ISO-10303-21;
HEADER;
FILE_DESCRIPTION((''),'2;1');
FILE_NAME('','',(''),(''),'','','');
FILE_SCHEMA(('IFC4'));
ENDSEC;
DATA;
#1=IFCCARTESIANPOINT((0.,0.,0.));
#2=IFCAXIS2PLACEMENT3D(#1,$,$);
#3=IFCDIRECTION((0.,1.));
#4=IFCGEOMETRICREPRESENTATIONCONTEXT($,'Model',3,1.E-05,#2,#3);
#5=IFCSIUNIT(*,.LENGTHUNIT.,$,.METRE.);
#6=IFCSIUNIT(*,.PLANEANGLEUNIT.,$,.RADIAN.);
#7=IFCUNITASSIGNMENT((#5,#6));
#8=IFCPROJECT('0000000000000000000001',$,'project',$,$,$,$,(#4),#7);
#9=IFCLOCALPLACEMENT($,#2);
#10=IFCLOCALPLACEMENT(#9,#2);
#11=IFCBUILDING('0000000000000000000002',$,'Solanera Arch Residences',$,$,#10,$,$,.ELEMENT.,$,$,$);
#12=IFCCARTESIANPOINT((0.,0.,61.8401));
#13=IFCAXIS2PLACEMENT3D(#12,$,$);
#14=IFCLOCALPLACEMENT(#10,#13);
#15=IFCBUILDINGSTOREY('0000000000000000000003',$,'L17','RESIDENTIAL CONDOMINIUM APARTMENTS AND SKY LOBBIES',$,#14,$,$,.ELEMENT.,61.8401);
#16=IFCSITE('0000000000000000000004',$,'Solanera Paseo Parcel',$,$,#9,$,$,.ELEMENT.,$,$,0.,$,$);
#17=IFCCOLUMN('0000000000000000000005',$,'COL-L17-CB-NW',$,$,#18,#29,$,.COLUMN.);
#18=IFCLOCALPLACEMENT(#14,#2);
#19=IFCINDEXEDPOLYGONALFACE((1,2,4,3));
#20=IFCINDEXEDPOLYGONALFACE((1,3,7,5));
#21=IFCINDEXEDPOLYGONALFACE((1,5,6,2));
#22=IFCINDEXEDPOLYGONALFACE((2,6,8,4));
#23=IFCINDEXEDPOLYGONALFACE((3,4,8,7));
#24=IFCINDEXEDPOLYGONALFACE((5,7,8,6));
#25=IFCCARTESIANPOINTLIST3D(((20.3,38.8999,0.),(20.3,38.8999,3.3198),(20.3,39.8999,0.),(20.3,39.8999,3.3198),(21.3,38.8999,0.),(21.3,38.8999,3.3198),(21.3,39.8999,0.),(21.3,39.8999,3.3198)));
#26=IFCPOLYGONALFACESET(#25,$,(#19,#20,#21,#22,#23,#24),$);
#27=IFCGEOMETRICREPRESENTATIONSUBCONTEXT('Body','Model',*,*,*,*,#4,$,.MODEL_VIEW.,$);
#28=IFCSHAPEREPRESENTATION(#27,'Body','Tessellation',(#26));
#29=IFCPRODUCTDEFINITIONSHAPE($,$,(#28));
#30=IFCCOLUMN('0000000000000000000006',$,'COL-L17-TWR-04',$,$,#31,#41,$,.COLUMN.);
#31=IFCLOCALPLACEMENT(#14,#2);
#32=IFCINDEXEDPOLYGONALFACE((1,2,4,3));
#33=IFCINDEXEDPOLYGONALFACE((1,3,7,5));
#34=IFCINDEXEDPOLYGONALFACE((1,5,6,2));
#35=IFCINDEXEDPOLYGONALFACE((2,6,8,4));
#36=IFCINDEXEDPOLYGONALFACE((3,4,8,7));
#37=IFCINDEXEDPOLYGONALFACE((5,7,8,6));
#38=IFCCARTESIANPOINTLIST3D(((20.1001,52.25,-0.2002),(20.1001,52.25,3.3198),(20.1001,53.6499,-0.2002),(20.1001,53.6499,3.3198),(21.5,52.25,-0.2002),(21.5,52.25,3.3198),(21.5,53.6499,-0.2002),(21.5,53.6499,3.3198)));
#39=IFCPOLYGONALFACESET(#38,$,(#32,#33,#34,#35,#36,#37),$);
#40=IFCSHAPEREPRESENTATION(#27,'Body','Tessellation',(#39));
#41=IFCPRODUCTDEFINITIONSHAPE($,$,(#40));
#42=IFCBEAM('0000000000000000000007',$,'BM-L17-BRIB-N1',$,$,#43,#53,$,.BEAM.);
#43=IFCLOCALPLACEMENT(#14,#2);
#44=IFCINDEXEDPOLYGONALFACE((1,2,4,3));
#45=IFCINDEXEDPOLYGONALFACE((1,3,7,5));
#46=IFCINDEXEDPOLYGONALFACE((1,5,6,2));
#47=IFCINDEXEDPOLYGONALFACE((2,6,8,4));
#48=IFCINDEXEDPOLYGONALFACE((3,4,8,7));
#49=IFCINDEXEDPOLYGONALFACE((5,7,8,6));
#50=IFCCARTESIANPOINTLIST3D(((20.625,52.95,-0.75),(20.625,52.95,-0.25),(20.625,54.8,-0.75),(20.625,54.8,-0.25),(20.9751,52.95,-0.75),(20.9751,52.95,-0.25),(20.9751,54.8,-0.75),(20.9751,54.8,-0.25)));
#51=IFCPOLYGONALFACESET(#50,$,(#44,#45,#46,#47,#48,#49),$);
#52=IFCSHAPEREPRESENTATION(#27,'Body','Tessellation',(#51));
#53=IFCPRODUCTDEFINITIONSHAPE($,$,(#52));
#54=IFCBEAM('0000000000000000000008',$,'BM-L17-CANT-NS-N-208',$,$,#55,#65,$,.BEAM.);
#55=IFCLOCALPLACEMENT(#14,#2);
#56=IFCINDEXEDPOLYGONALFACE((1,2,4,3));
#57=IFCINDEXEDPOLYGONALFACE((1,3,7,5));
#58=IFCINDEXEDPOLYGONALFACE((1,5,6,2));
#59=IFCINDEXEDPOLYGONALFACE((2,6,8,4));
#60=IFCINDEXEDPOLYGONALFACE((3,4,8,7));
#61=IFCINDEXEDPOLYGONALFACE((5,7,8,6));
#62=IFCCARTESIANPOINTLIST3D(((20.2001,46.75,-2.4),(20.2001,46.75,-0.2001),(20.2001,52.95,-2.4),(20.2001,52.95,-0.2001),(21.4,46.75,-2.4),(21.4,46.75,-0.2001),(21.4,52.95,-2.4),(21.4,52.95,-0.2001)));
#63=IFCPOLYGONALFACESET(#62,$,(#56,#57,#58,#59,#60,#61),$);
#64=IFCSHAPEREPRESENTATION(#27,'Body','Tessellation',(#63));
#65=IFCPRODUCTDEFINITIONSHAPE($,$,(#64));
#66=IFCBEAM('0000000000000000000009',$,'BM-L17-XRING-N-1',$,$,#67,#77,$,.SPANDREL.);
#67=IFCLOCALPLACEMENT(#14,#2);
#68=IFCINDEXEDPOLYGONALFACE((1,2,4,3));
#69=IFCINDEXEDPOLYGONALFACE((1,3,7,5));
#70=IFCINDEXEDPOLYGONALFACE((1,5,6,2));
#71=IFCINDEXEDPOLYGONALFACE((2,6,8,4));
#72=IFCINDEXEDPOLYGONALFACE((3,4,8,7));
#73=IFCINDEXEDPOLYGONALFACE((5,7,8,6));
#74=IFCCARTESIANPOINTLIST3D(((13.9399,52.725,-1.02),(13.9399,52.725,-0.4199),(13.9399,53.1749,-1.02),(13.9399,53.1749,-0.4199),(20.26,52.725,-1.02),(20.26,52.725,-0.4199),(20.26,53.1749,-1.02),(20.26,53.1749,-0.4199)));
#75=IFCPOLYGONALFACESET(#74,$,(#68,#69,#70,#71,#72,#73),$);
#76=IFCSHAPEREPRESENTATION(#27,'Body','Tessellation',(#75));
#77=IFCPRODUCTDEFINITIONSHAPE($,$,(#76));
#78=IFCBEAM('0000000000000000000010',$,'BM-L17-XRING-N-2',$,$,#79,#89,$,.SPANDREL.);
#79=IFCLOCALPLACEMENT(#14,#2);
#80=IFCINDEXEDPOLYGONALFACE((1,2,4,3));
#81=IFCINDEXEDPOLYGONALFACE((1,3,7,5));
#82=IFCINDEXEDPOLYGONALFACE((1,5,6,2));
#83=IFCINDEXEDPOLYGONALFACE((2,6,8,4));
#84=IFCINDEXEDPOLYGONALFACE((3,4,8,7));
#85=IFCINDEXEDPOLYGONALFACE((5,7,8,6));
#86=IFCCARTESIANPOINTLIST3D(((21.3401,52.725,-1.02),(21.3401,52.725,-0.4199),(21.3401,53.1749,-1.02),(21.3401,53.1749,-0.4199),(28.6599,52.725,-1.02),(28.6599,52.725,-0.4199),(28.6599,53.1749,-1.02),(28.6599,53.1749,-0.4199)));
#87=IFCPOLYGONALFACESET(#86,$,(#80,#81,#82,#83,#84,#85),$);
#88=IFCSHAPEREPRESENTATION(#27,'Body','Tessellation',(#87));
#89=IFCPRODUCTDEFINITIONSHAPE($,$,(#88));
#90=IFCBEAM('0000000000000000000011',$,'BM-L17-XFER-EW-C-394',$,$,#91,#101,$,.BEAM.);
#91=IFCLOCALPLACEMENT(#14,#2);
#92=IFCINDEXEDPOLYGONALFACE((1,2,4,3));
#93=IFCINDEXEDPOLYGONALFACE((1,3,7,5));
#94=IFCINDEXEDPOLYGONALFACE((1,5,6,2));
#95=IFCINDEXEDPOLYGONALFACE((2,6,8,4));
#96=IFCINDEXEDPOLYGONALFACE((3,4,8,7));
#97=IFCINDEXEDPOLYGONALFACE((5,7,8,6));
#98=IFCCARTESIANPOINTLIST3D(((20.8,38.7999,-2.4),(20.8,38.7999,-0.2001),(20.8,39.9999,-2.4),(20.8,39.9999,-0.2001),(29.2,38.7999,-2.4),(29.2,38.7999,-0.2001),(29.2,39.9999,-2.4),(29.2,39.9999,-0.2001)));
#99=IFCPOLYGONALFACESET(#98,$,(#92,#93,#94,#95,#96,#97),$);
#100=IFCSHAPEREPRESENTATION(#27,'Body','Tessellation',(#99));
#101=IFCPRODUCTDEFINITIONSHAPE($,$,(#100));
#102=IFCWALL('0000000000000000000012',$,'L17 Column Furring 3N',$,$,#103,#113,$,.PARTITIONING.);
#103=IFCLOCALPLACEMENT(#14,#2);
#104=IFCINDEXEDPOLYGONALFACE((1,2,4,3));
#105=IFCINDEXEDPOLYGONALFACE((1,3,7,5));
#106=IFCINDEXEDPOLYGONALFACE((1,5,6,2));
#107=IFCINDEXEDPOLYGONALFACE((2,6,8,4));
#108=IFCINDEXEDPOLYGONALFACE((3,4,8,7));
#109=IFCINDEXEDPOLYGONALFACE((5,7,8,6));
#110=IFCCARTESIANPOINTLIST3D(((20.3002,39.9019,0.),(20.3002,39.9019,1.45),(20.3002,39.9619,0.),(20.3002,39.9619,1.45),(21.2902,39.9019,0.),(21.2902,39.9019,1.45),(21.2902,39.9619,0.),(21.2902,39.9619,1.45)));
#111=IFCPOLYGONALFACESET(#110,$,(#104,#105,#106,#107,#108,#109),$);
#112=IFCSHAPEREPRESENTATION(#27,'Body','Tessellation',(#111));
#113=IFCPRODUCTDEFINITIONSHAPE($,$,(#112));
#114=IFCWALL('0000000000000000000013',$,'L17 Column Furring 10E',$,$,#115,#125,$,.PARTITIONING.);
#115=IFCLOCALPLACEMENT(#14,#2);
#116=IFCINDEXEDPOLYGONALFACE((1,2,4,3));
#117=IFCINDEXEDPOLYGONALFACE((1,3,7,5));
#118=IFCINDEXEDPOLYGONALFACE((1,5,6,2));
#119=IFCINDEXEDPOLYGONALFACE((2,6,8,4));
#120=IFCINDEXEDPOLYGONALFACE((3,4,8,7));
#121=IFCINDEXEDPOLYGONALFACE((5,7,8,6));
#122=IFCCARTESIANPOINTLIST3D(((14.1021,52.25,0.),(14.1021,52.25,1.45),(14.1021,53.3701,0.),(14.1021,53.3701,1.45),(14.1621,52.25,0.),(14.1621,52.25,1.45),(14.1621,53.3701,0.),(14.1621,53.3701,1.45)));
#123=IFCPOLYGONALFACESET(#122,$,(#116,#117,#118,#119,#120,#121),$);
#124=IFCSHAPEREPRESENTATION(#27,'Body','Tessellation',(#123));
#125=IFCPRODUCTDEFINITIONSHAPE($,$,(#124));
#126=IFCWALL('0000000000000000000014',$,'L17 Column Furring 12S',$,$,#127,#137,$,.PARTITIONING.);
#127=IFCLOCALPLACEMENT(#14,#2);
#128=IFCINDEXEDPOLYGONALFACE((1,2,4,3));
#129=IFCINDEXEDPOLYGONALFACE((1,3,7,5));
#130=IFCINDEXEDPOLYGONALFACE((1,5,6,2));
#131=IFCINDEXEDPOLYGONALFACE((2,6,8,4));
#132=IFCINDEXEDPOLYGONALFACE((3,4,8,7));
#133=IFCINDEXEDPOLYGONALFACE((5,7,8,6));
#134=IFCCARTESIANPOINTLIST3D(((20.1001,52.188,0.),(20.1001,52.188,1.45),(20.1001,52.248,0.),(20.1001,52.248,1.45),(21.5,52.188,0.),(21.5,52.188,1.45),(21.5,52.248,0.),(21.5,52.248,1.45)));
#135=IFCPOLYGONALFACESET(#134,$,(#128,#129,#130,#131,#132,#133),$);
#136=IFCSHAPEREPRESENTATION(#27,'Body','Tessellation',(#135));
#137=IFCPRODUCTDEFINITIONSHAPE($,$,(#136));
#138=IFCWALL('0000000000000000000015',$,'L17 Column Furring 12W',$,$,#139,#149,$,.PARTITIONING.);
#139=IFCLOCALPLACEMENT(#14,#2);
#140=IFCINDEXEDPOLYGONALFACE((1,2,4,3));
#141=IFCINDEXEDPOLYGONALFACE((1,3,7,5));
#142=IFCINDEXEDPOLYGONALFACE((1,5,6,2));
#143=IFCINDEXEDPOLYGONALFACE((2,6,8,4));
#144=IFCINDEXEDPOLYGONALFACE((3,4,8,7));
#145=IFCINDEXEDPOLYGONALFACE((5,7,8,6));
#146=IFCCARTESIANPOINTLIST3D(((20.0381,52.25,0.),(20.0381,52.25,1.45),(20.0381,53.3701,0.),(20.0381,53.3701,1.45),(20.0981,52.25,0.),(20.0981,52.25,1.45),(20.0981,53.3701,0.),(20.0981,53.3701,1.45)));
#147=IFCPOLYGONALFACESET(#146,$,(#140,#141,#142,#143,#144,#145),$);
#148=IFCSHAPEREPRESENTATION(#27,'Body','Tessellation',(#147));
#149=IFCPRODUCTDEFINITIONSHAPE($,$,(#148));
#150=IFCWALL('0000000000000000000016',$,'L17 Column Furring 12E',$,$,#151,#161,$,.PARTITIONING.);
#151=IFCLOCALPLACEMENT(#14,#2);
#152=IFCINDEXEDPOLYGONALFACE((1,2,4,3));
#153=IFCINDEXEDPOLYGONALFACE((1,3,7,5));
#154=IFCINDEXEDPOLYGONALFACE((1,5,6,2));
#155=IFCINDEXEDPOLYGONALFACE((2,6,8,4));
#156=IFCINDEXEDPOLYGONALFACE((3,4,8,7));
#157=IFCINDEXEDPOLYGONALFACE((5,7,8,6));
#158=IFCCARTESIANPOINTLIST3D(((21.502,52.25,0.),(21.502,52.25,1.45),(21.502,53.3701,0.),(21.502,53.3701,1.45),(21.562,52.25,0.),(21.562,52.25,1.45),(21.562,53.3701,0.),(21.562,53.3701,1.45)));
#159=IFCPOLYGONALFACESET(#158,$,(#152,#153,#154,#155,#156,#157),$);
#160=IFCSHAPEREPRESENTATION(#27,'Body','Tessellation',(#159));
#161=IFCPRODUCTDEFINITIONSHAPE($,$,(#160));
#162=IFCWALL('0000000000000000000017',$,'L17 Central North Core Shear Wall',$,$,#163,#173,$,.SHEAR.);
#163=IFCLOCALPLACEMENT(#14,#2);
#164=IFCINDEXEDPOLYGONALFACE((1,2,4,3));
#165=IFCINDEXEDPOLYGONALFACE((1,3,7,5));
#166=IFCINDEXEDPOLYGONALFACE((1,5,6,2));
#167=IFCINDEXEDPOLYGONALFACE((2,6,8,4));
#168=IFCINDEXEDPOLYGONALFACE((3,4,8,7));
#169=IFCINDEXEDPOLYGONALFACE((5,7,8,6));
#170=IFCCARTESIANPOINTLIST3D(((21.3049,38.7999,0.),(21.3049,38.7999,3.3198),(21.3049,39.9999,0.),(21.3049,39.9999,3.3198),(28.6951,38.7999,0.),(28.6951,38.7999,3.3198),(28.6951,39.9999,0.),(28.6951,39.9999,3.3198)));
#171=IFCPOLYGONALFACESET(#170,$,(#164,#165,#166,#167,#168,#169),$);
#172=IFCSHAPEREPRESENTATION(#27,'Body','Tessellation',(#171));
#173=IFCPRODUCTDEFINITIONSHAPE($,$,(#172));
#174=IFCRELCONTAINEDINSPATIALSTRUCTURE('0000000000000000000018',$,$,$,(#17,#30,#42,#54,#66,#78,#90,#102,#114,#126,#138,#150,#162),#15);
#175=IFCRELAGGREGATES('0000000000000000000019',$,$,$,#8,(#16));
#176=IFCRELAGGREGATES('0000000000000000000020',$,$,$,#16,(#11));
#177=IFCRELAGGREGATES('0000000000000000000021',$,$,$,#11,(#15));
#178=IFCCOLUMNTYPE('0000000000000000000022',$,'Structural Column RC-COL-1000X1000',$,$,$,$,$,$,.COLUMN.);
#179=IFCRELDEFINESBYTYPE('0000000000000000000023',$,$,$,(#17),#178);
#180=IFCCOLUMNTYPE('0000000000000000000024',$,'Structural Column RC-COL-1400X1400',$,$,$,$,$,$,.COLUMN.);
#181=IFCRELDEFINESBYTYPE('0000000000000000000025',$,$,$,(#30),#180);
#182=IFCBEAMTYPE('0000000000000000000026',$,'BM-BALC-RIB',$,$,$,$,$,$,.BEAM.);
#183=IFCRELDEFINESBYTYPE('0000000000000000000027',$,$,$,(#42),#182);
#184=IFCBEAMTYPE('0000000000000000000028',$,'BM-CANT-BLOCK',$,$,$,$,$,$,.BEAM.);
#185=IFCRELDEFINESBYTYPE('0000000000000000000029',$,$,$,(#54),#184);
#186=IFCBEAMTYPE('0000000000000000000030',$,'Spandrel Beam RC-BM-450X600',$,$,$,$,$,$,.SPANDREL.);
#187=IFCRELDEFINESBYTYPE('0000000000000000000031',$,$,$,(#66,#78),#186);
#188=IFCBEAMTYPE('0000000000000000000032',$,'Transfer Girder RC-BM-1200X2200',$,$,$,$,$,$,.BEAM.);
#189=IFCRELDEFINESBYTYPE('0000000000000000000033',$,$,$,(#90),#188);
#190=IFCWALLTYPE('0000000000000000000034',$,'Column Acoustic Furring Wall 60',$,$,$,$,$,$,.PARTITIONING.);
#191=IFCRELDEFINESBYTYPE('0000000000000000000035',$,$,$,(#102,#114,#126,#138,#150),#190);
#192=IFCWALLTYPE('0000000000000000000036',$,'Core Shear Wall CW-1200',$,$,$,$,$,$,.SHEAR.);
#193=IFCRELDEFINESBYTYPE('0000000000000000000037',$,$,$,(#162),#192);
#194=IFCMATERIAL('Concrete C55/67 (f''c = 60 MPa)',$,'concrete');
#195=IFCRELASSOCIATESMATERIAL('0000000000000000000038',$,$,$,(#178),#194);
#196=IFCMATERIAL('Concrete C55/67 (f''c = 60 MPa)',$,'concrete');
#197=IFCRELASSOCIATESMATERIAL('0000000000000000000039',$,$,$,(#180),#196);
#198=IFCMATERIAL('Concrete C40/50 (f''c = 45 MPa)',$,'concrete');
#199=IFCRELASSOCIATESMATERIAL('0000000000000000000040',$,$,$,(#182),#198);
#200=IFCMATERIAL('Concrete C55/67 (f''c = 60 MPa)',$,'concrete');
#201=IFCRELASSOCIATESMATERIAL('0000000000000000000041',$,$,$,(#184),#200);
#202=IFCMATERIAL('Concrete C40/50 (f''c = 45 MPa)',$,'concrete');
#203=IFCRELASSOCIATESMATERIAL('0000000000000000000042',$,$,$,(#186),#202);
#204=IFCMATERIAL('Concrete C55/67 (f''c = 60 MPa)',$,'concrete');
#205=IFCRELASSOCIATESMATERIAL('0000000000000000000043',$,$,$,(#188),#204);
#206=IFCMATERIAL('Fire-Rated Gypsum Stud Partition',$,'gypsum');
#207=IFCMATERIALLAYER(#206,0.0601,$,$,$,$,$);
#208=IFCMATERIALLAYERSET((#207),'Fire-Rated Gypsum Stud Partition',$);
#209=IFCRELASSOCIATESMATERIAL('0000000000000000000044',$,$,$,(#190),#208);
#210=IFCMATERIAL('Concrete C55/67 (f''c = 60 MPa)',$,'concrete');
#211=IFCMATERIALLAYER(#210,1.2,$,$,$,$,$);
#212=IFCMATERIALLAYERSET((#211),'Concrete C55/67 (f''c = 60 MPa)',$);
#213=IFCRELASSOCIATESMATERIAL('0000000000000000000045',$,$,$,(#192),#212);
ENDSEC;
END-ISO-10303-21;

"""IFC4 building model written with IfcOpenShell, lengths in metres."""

from ifc_helpers import new_model, si_unit, direction, frame, frame_2d, origin, origin_2d, place, context, subcontext, project, spatial, rectangle, extrude, material, layer, layer_set, material_profile, profile_set, type_object, element, save


model = new_model("IFC4")

# Units and contexts
model_context = context("Model", 3, precision=1e-05, world=origin(), true_north=direction((0.0, 1.0)))
body_context = subcontext(model_context, "Body", "Model", "MODEL_VIEW")
ifc_project = project(units=[si_unit("LENGTHUNIT", "METRE"), si_unit("PLANEANGLEUNIT", "RADIAN")], contexts=[model_context])

# Site, building, storey
site_placement = place(None, origin())
site = spatial("IfcSite", under=ifc_project, at=site_placement, Name="Solanera Paseo Parcel", CompositionType="ELEMENT", RefElevation=0.0)
building_placement = place(site_placement, origin())
building = spatial("IfcBuilding", under=site, at=building_placement, Name="Solanera Arch Residences", CompositionType="ELEMENT")
storey_placement = place(building_placement, frame((0.0, 0.0, 61.8401)))
storey = spatial("IfcBuildingStorey", under=building, at=storey_placement, Name="L17", Description="RESIDENTIAL CONDOMINIUM APARTMENTS AND SKY LOBBIES", CompositionType="ELEMENT", Elevation=61.8401)

# Columns
ifc_material_1 = material(Name="Concrete C55/67 (f'c = 60 MPa)", Category="concrete")
ifc_material_profile_1 = material_profile(ifc_material_1, rectangle(XDim=1.0, YDim=1.0, at=origin_2d()))
ifc_profile_set_1 = profile_set([ifc_material_profile_1], Name="Concrete C55/67 (f'c = 60 MPa)")
column_type_1 = type_object("IfcColumnType", Name="Structural Column RC-COL-1000X1000", PredefinedType="COLUMN", material=ifc_profile_set_1)
column_1_placement = place(storey_placement, frame((20.8, 39.3999, 0.0), z_axis=(0.0, 0.0, 1.0), x_axis=(1.0, 0.0, 0.0)))
element("IfcColumn", 1, at=column_1_placement, inside=storey, type_object=column_type_1, Name="COL-L17-CB-NW", PredefinedType="COLUMN", context=body_context, shape_type="SweptSolid", body=[
    extrude(rectangle(XDim=1.0, YDim=1.0, at=origin_2d()), origin(), (0.0, 0.0, 1.0), 3.3198),
])
ifc_material_2 = material(Name="Concrete C55/67 (f'c = 60 MPa)", Category="concrete")
ifc_material_profile_2 = material_profile(ifc_material_2, rectangle(XDim=1.3999, YDim=1.3999, at=origin_2d()))
ifc_profile_set_2 = profile_set([ifc_material_profile_2], Name="Concrete C55/67 (f'c = 60 MPa)")
column_type_2 = type_object("IfcColumnType", Name="Structural Column RC-COL-1400X1400", PredefinedType="COLUMN", material=ifc_profile_set_2)
column_2_placement = place(storey_placement, frame((20.8, 52.95, -0.2002), z_axis=(0.0, 0.0, 1.0), x_axis=(1.0, 0.0, 0.0)))
element("IfcColumn", 2, at=column_2_placement, inside=storey, type_object=column_type_2, Name="COL-L17-TWR-04", PredefinedType="COLUMN", context=body_context, shape_type="SweptSolid", body=[
    extrude(rectangle(XDim=1.3999, YDim=1.3999, at=origin_2d()), origin(), (0.0, 0.0, 1.0), 3.52),
])

# Beams
ifc_material_3 = material(Name="Concrete C40/50 (f'c = 45 MPa)", Category="concrete")
ifc_material_profile_3 = material_profile(ifc_material_3, rectangle(XDim=0.3501, YDim=0.5, at=origin_2d()))
ifc_profile_set_3 = profile_set([ifc_material_profile_3], Name="Concrete C40/50 (f'c = 45 MPa)")
beam_type_1 = type_object("IfcBeamType", Name="BM-BALC-RIB", PredefinedType="BEAM", material=ifc_profile_set_3)
beam_1_placement = place(storey_placement, frame((20.8, 52.95, -0.5), z_axis=(0.0, 1.0, 0.0), x_axis=(-1.0, 0.0, 0.0)))
element("IfcBeam", 3, at=beam_1_placement, inside=storey, type_object=beam_type_1, Name="BM-L17-BRIB-N1", PredefinedType="BEAM", context=body_context, shape_type="SweptSolid", body=[
    extrude(rectangle(XDim=0.3501, YDim=0.5, at=origin_2d()), origin(), (0.0, 0.0, 1.0), 1.8501),
])
ifc_material_4 = material(Name="Concrete C55/67 (f'c = 60 MPa)", Category="concrete")
ifc_material_profile_4 = material_profile(ifc_material_4, rectangle(XDim=1.2, YDim=2.2, at=origin_2d()))
ifc_profile_set_4 = profile_set([ifc_material_profile_4], Name="Concrete C55/67 (f'c = 60 MPa)")
beam_type_2 = type_object("IfcBeamType", Name="BM-CANT-BLOCK", PredefinedType="BEAM", material=ifc_profile_set_4)
beam_2_placement = place(storey_placement, frame((20.8, 46.75, -1.3), z_axis=(0.0, 1.0, 0.0), x_axis=(-1.0, 0.0, 0.0)))
element("IfcBeam", 4, at=beam_2_placement, inside=storey, type_object=beam_type_2, Name="BM-L17-CANT-NS-N-208", PredefinedType="BEAM", context=body_context, shape_type="SweptSolid", body=[
    extrude(rectangle(XDim=1.2, YDim=2.2, at=origin_2d()), origin(), (0.0, 0.0, 1.0), 6.2),
])
ifc_material_5 = material(Name="Concrete C40/50 (f'c = 45 MPa)", Category="concrete")
ifc_material_profile_5 = material_profile(ifc_material_5, rectangle(XDim=0.45, YDim=0.6001, at=origin_2d()))
ifc_profile_set_5 = profile_set([ifc_material_profile_5], Name="Concrete C40/50 (f'c = 45 MPa)")
beam_type_3 = type_object("IfcBeamType", Name="Spandrel Beam RC-BM-450X600", PredefinedType="SPANDREL", material=ifc_profile_set_5)
beam_3_placement = place(storey_placement, frame((13.9399, 52.95, -0.72), z_axis=(1.0, 0.0, 0.0), x_axis=(0.0, 1.0, 0.0)))
element("IfcBeam", 5, at=beam_3_placement, inside=storey, type_object=beam_type_3, Name="BM-L17-XRING-N-1", PredefinedType="SPANDREL", context=body_context, shape_type="SweptSolid", body=[
    extrude(rectangle(XDim=0.45, YDim=0.6001, at=origin_2d()), origin(), (0.0, 0.0, 1.0), 6.3201),
])
beam_4_placement = place(storey_placement, frame((21.3401, 52.95, -0.72), z_axis=(1.0, 0.0, 0.0), x_axis=(0.0, 1.0, 0.0)))
element("IfcBeam", 6, at=beam_4_placement, inside=storey, type_object=beam_type_3, Name="BM-L17-XRING-N-2", PredefinedType="SPANDREL", context=body_context, shape_type="SweptSolid", body=[
    extrude(rectangle(XDim=0.45, YDim=0.6001, at=origin_2d()), origin(), (0.0, 0.0, 1.0), 7.3198),
])
ifc_material_6 = material(Name="Concrete C55/67 (f'c = 60 MPa)", Category="concrete")
ifc_material_profile_6 = material_profile(ifc_material_6, rectangle(XDim=1.2, YDim=2.2, at=origin_2d()))
ifc_profile_set_6 = profile_set([ifc_material_profile_6], Name="Concrete C55/67 (f'c = 60 MPa)")
beam_type_4 = type_object("IfcBeamType", Name="Transfer Girder RC-BM-1200X2200", PredefinedType="BEAM", material=ifc_profile_set_6)
beam_5_placement = place(storey_placement, frame((20.8, 39.3999, -1.3), z_axis=(1.0, 0.0, 0.0), x_axis=(0.0, 1.0, 0.0)))
element("IfcBeam", 7, at=beam_5_placement, inside=storey, type_object=beam_type_4, Name="BM-L17-XFER-EW-C-394", PredefinedType="BEAM", context=body_context, shape_type="SweptSolid", body=[
    extrude(rectangle(XDim=1.2, YDim=2.2, at=origin_2d()), origin(), (0.0, 0.0, 1.0), 8.3999),
])

# Walls
ifc_material_7 = material(Name="Fire-Rated Gypsum Stud Partition", Category="gypsum")
ifc_layer_1 = layer(ifc_material_7, 0.0601)
ifc_layer_set_1 = layer_set([ifc_layer_1], Name="Fire-Rated Gypsum Stud Partition")
wall_type_1 = type_object("IfcWallType", Name="Column Acoustic Furring Wall 60", PredefinedType="PARTITIONING", material=ifc_layer_set_1)
wall_1_placement = place(storey_placement, frame((20.3, 39.9319, 0.0), z_axis=(0.0, 0.0, 1.0), x_axis=(1.0, 0.0, 0.0)))
element("IfcWall", 8, at=wall_1_placement, inside=storey, type_object=wall_type_1, Name="L17 Column Furring 3N", PredefinedType="PARTITIONING", context=body_context, shape_type="SweptSolid", body=[
    extrude(rectangle(XDim=0.99, YDim=0.0601, at=frame_2d((0.4951, 0.0))), origin(), (0.0, 0.0, 1.0), 1.45),
])
wall_2_placement = place(storey_placement, frame((14.1321, 52.25, 0.0), z_axis=(0.0, 0.0, 1.0), x_axis=(0.0, 1.0, 0.0)))
element("IfcWall", 9, at=wall_2_placement, inside=storey, type_object=wall_type_1, Name="L17 Column Furring 10E", PredefinedType="PARTITIONING", context=body_context, shape_type="SweptSolid", body=[
    extrude(rectangle(XDim=1.1201, YDim=0.0601, at=frame_2d((0.5601, 0.0))), origin(), (0.0, 0.0, 1.0), 1.45),
])
wall_3_placement = place(storey_placement, frame((20.1001, 52.218, 0.0), z_axis=(0.0, 0.0, 1.0), x_axis=(1.0, 0.0, 0.0)))
element("IfcWall", 10, at=wall_3_placement, inside=storey, type_object=wall_type_1, Name="L17 Column Furring 12S", PredefinedType="PARTITIONING", context=body_context, shape_type="SweptSolid", body=[
    extrude(rectangle(XDim=1.3999, YDim=0.0601, at=frame_2d((0.7, 0.0))), origin(), (0.0, 0.0, 1.0), 1.45),
])
for number, where, z_axis, x_axis, name in (
    (11, (20.0681, 52.25, 0.0), (0.0, 0.0, 1.0), (0.0, 1.0, 0.0), "L17 Column Furring 12W"),
    (12, (21.532, 52.25, 0.0), (0.0, 0.0, 1.0), (0.0, 1.0, 0.0), "L17 Column Furring 12E"),
):
    element("IfcWall", number, at=place(storey_placement, frame(where, z_axis=z_axis, x_axis=x_axis)), inside=storey, type_object=wall_type_1, Name=name, PredefinedType="PARTITIONING", context=body_context, shape_type="SweptSolid", body=[
        extrude(rectangle(XDim=1.1201, YDim=0.0601, at=frame_2d((0.5601, 0.0))), origin(), (0.0, 0.0, 1.0), 1.45),
    ])
ifc_material_8 = material(Name="Concrete C55/67 (f'c = 60 MPa)", Category="concrete")
ifc_layer_2 = layer(ifc_material_8, 1.2)
ifc_layer_set_2 = layer_set([ifc_layer_2], Name="Concrete C55/67 (f'c = 60 MPa)")
wall_type_2 = type_object("IfcWallType", Name="Core Shear Wall CW-1200", PredefinedType="SHEAR", material=ifc_layer_set_2)
wall_4_placement = place(storey_placement, frame((21.3049, 39.3999, 0.0), z_axis=(0.0, 0.0, 1.0), x_axis=(1.0, 0.0, 0.0)))
element("IfcWall", 13, at=wall_4_placement, inside=storey, type_object=wall_type_2, Name="L17 Central North Core Shear Wall", PredefinedType="SHEAR", context=body_context, shape_type="SweptSolid", body=[
    extrude(rectangle(XDim=7.3901, YDim=1.2, at=frame_2d((3.6951, 0.0))), origin(), (0.0, 0.0, 1.0), 3.3198),
])

save(model, "model.ifc")
